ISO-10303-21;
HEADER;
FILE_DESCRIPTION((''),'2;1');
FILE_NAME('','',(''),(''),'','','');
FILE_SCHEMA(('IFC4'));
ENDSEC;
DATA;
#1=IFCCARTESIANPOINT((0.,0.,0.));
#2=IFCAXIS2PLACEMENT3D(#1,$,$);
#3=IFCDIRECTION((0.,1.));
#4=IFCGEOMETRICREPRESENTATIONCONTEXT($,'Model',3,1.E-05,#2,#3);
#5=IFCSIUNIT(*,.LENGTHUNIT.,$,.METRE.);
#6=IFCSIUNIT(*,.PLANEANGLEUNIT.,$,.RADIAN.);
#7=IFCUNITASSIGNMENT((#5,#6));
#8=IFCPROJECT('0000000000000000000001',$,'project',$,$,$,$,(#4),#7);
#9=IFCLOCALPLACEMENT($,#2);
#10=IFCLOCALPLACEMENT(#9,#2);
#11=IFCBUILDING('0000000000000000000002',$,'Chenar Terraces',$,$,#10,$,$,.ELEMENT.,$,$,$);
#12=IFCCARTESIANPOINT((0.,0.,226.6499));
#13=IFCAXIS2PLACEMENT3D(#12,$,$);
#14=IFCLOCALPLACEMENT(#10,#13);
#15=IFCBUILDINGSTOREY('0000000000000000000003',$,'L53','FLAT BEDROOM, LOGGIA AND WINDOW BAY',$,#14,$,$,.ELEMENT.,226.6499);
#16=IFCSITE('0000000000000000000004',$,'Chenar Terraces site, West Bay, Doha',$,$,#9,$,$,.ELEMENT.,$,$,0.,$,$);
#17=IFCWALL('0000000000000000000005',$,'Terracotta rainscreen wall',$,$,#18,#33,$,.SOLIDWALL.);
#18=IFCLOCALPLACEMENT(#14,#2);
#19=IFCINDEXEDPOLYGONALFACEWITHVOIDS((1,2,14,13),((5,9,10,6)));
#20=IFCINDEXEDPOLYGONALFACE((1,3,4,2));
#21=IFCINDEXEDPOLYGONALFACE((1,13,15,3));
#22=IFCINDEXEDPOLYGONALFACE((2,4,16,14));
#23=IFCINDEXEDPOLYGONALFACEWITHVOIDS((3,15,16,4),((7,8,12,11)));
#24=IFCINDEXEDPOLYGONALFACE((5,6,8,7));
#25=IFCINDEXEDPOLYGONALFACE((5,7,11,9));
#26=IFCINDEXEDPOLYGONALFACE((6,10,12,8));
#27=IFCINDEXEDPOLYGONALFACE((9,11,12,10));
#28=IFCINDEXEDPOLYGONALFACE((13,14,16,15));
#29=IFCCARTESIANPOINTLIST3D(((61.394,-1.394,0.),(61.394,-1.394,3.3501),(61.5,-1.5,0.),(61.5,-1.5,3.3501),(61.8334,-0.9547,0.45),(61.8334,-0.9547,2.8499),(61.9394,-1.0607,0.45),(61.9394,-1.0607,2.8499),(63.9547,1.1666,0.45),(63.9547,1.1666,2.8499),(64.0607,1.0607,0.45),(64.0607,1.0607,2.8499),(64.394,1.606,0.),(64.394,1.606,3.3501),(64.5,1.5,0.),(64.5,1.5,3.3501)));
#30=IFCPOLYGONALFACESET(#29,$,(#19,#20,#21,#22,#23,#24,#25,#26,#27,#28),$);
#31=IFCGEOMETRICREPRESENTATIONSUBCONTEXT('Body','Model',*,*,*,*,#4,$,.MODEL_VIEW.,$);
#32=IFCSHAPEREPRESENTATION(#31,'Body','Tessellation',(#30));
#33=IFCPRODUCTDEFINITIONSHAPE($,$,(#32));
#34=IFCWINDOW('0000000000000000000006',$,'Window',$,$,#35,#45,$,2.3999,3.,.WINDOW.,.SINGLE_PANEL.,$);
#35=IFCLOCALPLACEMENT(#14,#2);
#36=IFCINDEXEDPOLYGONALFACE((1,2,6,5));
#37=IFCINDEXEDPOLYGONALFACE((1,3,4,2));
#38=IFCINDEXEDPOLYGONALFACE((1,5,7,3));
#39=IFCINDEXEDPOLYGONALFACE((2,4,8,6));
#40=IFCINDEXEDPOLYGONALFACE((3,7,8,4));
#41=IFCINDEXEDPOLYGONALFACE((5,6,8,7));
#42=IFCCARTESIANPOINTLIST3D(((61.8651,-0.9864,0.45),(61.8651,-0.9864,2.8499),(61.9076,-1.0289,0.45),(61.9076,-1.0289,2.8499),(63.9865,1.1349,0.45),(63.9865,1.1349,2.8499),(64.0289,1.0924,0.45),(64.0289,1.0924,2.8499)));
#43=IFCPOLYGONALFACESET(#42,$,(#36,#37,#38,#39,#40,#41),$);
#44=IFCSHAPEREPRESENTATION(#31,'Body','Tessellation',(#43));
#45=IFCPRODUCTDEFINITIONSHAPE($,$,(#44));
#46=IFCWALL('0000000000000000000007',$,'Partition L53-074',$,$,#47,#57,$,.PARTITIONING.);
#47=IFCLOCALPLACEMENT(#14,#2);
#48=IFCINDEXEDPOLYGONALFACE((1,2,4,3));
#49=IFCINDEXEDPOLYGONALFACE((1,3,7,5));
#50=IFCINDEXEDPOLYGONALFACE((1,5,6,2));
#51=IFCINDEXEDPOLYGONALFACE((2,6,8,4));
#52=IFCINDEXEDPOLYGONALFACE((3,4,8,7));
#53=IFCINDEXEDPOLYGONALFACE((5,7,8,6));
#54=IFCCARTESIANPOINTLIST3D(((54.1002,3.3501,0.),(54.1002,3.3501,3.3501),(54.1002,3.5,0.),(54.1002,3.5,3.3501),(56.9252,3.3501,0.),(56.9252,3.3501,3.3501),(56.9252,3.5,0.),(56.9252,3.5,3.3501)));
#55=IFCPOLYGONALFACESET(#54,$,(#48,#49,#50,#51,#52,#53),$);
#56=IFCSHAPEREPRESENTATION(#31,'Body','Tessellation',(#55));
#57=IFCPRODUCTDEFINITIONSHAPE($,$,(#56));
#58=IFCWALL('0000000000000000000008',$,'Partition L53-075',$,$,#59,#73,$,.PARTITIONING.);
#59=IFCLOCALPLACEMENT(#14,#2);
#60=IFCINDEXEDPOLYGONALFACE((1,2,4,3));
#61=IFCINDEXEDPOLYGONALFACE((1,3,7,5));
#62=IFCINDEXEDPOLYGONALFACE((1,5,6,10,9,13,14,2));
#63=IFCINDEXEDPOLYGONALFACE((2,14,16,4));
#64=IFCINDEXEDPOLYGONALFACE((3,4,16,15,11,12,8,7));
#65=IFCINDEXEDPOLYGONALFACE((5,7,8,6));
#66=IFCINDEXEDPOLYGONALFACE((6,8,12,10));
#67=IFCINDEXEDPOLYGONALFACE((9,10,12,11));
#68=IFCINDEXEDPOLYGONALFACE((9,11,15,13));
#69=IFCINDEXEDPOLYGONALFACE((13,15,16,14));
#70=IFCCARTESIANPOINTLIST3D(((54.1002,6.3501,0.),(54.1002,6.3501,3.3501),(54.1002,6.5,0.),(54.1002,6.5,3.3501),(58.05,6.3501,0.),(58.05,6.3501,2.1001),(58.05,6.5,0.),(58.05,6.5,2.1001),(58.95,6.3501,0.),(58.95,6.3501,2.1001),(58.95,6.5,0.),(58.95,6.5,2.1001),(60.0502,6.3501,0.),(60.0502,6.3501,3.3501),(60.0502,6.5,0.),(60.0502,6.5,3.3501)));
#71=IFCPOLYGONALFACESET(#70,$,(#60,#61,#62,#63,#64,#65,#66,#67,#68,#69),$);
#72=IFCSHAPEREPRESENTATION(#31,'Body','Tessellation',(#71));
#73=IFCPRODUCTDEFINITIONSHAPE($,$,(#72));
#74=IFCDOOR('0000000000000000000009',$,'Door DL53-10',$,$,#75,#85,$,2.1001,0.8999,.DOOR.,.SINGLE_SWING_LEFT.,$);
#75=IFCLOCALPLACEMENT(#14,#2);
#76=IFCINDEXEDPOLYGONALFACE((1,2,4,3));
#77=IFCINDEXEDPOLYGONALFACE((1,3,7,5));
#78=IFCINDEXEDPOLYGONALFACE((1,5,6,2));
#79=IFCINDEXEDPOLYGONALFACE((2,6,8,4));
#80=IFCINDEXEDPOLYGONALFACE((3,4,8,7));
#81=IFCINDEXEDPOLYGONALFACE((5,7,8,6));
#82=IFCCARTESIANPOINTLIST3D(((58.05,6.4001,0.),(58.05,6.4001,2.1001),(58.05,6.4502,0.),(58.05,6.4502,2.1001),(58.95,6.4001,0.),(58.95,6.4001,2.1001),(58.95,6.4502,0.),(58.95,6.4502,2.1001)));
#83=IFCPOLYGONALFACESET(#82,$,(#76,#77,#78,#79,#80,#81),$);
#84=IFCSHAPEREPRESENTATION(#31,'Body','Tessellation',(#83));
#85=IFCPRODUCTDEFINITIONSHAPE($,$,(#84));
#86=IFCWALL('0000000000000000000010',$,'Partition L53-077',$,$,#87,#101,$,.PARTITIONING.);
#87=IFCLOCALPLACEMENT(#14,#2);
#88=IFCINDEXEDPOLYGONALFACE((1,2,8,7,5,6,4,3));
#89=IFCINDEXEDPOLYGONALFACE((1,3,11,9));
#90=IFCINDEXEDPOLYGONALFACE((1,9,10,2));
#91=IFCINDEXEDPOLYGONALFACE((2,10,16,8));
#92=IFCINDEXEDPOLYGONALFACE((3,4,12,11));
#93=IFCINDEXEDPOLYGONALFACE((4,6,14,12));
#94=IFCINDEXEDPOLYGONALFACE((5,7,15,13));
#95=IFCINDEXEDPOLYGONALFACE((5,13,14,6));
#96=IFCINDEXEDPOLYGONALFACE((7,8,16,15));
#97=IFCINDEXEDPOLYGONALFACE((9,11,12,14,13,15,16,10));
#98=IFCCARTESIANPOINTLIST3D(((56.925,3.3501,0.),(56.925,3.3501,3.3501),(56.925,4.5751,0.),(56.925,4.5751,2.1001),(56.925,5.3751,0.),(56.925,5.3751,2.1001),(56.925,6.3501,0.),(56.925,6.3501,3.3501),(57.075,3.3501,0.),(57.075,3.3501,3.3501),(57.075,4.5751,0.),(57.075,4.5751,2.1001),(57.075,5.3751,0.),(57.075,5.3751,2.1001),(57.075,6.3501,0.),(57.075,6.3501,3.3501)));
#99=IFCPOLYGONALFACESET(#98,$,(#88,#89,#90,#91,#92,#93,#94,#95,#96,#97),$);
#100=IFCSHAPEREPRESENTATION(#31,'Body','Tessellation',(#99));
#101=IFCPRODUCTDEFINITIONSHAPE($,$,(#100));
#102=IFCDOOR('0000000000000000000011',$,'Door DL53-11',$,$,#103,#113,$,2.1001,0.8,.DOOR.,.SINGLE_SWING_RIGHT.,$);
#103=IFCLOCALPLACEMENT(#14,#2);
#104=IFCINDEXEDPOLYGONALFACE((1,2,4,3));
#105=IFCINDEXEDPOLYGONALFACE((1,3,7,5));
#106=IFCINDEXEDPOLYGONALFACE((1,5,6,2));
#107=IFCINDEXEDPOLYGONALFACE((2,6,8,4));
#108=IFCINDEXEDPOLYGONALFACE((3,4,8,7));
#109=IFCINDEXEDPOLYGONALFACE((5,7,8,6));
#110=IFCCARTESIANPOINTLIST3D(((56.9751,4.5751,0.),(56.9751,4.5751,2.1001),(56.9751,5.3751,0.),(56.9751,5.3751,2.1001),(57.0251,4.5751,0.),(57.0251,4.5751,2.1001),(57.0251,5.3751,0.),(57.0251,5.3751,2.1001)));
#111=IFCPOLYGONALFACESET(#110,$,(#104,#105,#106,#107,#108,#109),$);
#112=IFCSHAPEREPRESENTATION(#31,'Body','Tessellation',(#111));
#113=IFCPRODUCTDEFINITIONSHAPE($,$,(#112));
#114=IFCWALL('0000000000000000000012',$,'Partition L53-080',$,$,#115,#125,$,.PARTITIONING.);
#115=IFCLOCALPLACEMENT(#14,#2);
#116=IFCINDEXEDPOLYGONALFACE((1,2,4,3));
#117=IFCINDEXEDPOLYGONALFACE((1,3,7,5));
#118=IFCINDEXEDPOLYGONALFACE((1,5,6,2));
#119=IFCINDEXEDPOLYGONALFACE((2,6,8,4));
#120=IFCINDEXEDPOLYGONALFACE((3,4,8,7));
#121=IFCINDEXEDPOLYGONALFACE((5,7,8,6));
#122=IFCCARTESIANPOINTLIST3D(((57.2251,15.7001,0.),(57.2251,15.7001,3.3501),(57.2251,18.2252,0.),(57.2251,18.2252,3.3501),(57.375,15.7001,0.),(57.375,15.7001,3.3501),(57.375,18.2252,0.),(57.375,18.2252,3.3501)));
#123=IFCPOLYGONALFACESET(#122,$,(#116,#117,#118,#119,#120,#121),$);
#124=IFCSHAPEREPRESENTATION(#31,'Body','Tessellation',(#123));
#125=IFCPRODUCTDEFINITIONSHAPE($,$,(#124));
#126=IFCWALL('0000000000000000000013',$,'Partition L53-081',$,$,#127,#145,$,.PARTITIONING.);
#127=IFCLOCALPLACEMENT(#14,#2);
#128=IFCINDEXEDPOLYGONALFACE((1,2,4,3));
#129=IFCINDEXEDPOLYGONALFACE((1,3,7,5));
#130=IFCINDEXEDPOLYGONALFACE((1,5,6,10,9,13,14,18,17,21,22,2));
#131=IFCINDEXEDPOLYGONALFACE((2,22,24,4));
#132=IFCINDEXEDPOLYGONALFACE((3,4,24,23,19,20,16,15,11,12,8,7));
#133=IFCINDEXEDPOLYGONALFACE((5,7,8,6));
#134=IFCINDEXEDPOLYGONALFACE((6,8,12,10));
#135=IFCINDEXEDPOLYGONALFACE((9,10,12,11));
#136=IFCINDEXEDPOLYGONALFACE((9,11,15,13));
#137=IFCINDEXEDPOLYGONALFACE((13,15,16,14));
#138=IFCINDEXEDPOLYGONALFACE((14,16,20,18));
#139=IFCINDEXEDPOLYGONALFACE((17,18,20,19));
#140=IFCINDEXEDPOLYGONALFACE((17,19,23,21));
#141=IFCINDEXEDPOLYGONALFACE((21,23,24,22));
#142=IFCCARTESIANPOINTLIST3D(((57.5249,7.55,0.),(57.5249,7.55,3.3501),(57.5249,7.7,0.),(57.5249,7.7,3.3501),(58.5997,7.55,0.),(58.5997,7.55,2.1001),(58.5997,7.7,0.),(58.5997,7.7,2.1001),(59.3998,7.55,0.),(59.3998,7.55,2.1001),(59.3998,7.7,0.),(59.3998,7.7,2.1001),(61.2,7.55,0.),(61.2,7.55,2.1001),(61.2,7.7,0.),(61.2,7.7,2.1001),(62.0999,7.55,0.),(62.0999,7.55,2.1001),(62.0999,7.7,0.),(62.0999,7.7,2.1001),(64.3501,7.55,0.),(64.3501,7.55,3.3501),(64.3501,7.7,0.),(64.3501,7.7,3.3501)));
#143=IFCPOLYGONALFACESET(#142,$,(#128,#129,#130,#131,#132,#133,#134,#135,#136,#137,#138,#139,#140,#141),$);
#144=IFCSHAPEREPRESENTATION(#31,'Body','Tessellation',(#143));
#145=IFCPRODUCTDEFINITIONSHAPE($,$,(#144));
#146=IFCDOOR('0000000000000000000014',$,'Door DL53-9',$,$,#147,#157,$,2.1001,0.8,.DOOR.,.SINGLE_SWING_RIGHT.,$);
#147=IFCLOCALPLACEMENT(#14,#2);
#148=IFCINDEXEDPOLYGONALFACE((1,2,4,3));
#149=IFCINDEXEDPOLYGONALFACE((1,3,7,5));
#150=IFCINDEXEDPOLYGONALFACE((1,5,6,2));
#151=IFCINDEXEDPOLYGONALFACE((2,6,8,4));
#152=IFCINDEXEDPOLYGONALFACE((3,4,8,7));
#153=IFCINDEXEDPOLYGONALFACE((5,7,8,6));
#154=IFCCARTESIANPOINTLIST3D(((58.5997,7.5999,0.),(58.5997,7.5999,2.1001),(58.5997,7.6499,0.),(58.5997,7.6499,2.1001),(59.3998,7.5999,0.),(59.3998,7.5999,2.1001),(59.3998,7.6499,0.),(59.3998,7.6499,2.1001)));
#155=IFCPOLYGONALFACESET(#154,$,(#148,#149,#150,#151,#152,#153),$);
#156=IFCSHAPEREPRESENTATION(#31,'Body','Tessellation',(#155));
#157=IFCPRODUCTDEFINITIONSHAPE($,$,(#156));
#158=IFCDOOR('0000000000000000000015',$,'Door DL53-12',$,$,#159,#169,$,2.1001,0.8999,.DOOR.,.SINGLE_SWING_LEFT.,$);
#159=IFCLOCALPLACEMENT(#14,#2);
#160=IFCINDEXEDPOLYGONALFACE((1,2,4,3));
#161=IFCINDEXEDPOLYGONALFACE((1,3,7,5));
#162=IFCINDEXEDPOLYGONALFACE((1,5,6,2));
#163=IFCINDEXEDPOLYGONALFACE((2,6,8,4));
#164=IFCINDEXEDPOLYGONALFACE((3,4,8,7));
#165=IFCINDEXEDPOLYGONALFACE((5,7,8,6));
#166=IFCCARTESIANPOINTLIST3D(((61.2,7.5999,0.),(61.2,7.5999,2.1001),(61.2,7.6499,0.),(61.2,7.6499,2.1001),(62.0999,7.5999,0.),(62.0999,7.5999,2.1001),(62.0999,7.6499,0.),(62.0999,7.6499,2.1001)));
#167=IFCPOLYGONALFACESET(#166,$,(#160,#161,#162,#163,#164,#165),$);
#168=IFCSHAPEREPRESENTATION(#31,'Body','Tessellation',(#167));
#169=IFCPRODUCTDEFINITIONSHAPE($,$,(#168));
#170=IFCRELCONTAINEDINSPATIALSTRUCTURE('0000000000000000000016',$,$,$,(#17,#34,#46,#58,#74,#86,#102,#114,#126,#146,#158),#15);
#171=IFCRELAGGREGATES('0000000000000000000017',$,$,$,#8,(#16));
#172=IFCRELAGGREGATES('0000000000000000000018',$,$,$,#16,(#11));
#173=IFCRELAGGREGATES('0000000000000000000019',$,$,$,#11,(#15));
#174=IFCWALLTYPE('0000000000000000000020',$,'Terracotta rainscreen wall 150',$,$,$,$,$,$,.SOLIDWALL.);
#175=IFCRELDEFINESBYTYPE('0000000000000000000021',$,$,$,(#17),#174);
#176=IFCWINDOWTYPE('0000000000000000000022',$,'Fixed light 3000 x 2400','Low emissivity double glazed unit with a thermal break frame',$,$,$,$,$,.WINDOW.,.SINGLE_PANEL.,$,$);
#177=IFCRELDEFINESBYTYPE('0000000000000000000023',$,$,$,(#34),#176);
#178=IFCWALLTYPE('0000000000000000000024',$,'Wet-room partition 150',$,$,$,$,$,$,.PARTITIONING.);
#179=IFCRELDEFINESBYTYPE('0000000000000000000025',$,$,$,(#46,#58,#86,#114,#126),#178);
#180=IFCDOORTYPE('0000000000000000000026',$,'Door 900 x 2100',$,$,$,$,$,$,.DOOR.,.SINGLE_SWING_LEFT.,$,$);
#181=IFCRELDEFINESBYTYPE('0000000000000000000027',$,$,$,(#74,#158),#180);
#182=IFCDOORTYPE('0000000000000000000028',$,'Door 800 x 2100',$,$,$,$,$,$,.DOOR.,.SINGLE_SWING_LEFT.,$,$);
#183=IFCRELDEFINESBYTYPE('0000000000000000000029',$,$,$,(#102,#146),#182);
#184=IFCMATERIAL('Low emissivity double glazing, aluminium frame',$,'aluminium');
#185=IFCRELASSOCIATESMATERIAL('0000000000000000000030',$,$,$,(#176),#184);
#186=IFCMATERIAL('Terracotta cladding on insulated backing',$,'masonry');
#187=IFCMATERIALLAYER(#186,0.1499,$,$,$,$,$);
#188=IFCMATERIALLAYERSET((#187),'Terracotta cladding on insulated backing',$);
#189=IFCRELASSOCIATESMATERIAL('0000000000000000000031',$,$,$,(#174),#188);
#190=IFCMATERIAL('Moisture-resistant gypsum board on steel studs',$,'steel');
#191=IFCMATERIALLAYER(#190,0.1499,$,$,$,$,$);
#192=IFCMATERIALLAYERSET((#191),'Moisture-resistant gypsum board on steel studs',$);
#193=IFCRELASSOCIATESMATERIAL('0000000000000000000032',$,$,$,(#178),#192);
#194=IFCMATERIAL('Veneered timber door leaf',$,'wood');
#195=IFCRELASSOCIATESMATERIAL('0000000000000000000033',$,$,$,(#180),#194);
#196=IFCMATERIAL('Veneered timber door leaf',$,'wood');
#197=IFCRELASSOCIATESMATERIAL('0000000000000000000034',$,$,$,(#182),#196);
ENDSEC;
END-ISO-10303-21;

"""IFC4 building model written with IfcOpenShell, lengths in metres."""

from ifc_helpers import new_model, si_unit, direction, frame, frame_2d, origin, place, context, subcontext, project, spatial, rectangle, extrude, material, layer, layer_set, type_object, element, fill, save


model = new_model("IFC4")

# Units and contexts
model_context = context("Model", 3, precision=1e-05, world=origin(), true_north=direction((0.0, 1.0)))
body_context = subcontext(model_context, "Body", "Model", "MODEL_VIEW")
ifc_project = project(units=[si_unit("LENGTHUNIT", "METRE"), si_unit("PLANEANGLEUNIT", "RADIAN")], contexts=[model_context])

# Site, building, storey
site_placement = place(None, origin())
site = spatial("IfcSite", under=ifc_project, at=site_placement, Name="Chenar Terraces site, West Bay, Doha", CompositionType="ELEMENT", RefElevation=0.0)
building_placement = place(site_placement, origin())
building = spatial("IfcBuilding", under=site, at=building_placement, Name="Chenar Terraces", CompositionType="ELEMENT")
storey_placement = place(building_placement, frame((0.0, 0.0, 226.6499)))
storey = spatial("IfcBuildingStorey", under=building, at=storey_placement, Name="L53", Description="FLAT BEDROOM, LOGGIA AND WINDOW BAY", CompositionType="ELEMENT", Elevation=226.6499)

# Shared definitions
ifc_material_1 = material(Name="Low emissivity double glazing, aluminium frame", Category="aluminium")
window_type_1 = type_object("IfcWindowType", Name="Fixed light 3000 x 2400", Description="Low emissivity double glazed unit with a thermal break frame", PartitioningType="SINGLE_PANEL", PredefinedType="WINDOW", material=ifc_material_1)

# Wall, opening, window
ifc_material_2 = material(Name="Terracotta cladding on insulated backing", Category="masonry")
ifc_layer_1 = layer(ifc_material_2, 0.1499)
ifc_layer_set_1 = layer_set([ifc_layer_1], Name="Terracotta cladding on insulated backing")
wall_type_1 = type_object("IfcWallType", Name="Terracotta rainscreen wall 150", PredefinedType="SOLIDWALL", material=ifc_layer_set_1)
wall_1_placement = place(storey_placement, frame((61.447, -1.447, 0.0), z_axis=(0.0, 0.0, 1.0), x_axis=(0.707107, 0.707107, 0.0)))
wall_1 = element("IfcWall", 1, at=wall_1_placement, inside=storey, type_object=wall_type_1, Name="Terracotta rainscreen wall", PredefinedType="SOLIDWALL", context=body_context, shape_type="SweptSolid", body=[
    extrude(rectangle(XDim=4.2427, YDim=0.1499, at=frame_2d((2.1213, 0.0))), origin(), (0.0, 0.0, 1.0), 3.3501),
])
opening_1_placement = place(wall_1_placement, frame((0.6213, 0.0, 0.45)))
opening_1 = element("IfcOpeningElement", 2, at=opening_1_placement, cuts=wall_1, PredefinedType="OPENING", context=body_context, shape_type="SweptSolid", body=[
    extrude(rectangle(XDim=3.0, YDim=2.3999, at=frame_2d((1.5, 1.2))), frame((0.0, 0.085, 0.0), z_axis=(0.0, -1.0, 0.0), x_axis=(1.0, 0.0, 0.0)), (0.0, 0.0, 1.0), 0.1699),
])
window_1_placement = place(opening_1_placement, origin())
window_1 = element("IfcWindow", 3, at=window_1_placement, inside=storey, type_object=window_type_1, Name="Window", OverallHeight=2.3999, OverallWidth=3.0, PartitioningType="SINGLE_PANEL", PredefinedType="WINDOW", context=body_context, shape_type="SweptSolid", body=[
    extrude(rectangle(XDim=3.0, YDim=2.3999, at=frame_2d((1.5, 1.2))), frame((0.0, 0.03, 0.0), z_axis=(0.0, -1.0, 0.0), x_axis=(1.0, 0.0, 0.0)), (0.0, 0.0, 1.0), 0.0601),
])
fill(opening_1, window_1)

# Wall
ifc_material_3 = material(Name="Moisture-resistant gypsum board on steel studs", Category="steel")
ifc_layer_2 = layer(ifc_material_3, 0.1499)
ifc_layer_set_2 = layer_set([ifc_layer_2], Name="Moisture-resistant gypsum board on steel studs")
wall_type_2 = type_object("IfcWallType", Name="Wet-room partition 150", PredefinedType="PARTITIONING", material=ifc_layer_set_2)
wall_2_placement = place(storey_placement, frame((54.1001, 3.425, 0.0), z_axis=(0.0, 0.0, 1.0), x_axis=(1.0, 0.0, 0.0)))
element("IfcWall", 4, at=wall_2_placement, inside=storey, type_object=wall_type_2, Name="Partition L53-074", PredefinedType="PARTITIONING", context=body_context, shape_type="SweptSolid", body=[
    extrude(rectangle(XDim=2.825, YDim=0.1499, at=frame_2d((1.4126, 0.0))), origin(), (0.0, 0.0, 1.0), 3.3501),
])

# Walls, openings, doors
wall_3_placement = place(storey_placement, frame((54.1001, 6.425, 0.0), z_axis=(0.0, 0.0, 1.0), x_axis=(1.0, 0.0, 0.0)))
wall_3 = element("IfcWall", 5, at=wall_3_placement, inside=storey, type_object=wall_type_2, Name="Partition L53-075", PredefinedType="PARTITIONING", context=body_context, shape_type="SweptSolid", body=[
    extrude(rectangle(XDim=5.95, YDim=0.1499, at=frame_2d((2.9751, 0.0))), origin(), (0.0, 0.0, 1.0), 3.3501),
])
opening_2_placement = place(wall_3_placement, frame((3.95, 0.0, 0.0)))
opening_2 = element("IfcOpeningElement", 6, at=opening_2_placement, cuts=wall_3, PredefinedType="OPENING", context=body_context, shape_type="SweptSolid", body=[
    extrude(rectangle(XDim=0.8999, YDim=2.1001, at=frame_2d((0.45, 1.05))), frame((0.0, 0.085, 0.0), z_axis=(0.0, -1.0, 0.0), x_axis=(1.0, 0.0, 0.0)), (0.0, 0.0, 1.0), 0.1699),
])
ifc_material_4 = material(Name="Veneered timber door leaf", Category="wood")
door_type_1 = type_object("IfcDoorType", Name="Door 900 x 2100", OperationType="SINGLE_SWING_LEFT", PredefinedType="DOOR", material=ifc_material_4)
door_1_placement = place(opening_2_placement, frame((0.8999, 0.0, 0.0), z_axis=(0.0, 0.0, 1.0), x_axis=(-1.0, 0.0, 0.0)))
door_1 = element("IfcDoor", 7, at=door_1_placement, inside=storey, type_object=door_type_1, Name="Door DL53-10", OperationType="SINGLE_SWING_LEFT", OverallHeight=2.1001, OverallWidth=0.8999, PredefinedType="DOOR", context=body_context, shape_type="SweptSolid", body=[
    extrude(rectangle(XDim=0.8999, YDim=2.1001, at=frame_2d((0.45, 1.05))), frame((0.0, 0.0249, 0.0), z_axis=(0.0, -1.0, 0.0), x_axis=(1.0, 0.0, 0.0)), (0.0, 0.0, 1.0), 0.05),
])
fill(opening_2, door_1)
wall_4_placement = place(storey_placement, frame((57.0, 3.3501, 0.0), z_axis=(0.0, 0.0, 1.0), x_axis=(0.0, 1.0, 0.0)))
wall_4 = element("IfcWall", 8, at=wall_4_placement, inside=storey, type_object=wall_type_2, Name="Partition L53-077", PredefinedType="PARTITIONING", context=body_context, shape_type="SweptSolid", body=[
    extrude(rectangle(XDim=3.0, YDim=0.1499, at=frame_2d((1.5, 0.0))), origin(), (0.0, 0.0, 1.0), 3.3501),
])
opening_3_placement = place(wall_4_placement, frame((1.2251, 0.0, 0.0)))
opening_3 = element("IfcOpeningElement", 9, at=opening_3_placement, cuts=wall_4, PredefinedType="OPENING", context=body_context, shape_type="SweptSolid", body=[
    extrude(rectangle(XDim=0.8, YDim=2.1001, at=frame_2d((0.3999, 1.05))), frame((0.0, 0.085, 0.0), z_axis=(0.0, -1.0, 0.0), x_axis=(1.0, 0.0, 0.0)), (0.0, 0.0, 1.0), 0.1699),
])
ifc_material_5 = material(Name="Veneered timber door leaf", Category="wood")
door_type_2 = type_object("IfcDoorType", Name="Door 800 x 2100", OperationType="SINGLE_SWING_LEFT", PredefinedType="DOOR", material=ifc_material_5)
door_2_placement = place(opening_3_placement, origin())
door_2 = element("IfcDoor", 10, at=door_2_placement, inside=storey, type_object=door_type_2, Name="Door DL53-11", OperationType="SINGLE_SWING_RIGHT", OverallHeight=2.1001, OverallWidth=0.8, PredefinedType="DOOR", context=body_context, shape_type="SweptSolid", body=[
    extrude(rectangle(XDim=0.8, YDim=2.1001, at=frame_2d((0.3999, 1.05))), frame((0.0, 0.0249, 0.0), z_axis=(0.0, -1.0, 0.0), x_axis=(1.0, 0.0, 0.0)), (0.0, 0.0, 1.0), 0.05),
])
fill(opening_3, door_2)

# Wall
wall_5_placement = place(storey_placement, frame((57.3, 15.7, 0.0), z_axis=(0.0, 0.0, 1.0), x_axis=(0.0, 1.0, 0.0)))
element("IfcWall", 11, at=wall_5_placement, inside=storey, type_object=wall_type_2, Name="Partition L53-080", PredefinedType="PARTITIONING", context=body_context, shape_type="SweptSolid", body=[
    extrude(rectangle(XDim=2.5251, YDim=0.1499, at=frame_2d((1.2627, 0.0))), origin(), (0.0, 0.0, 1.0), 3.3501),
])

# Wall, openings, doors
wall_6_placement = place(storey_placement, frame((57.5249, 7.625, 0.0), z_axis=(0.0, 0.0, 1.0), x_axis=(1.0, 0.0, 0.0)))
wall_6 = element("IfcWall", 12, at=wall_6_placement, inside=storey, type_object=wall_type_2, Name="Partition L53-081", PredefinedType="PARTITIONING", context=body_context, shape_type="SweptSolid", body=[
    extrude(rectangle(XDim=6.8252, YDim=0.1499, at=frame_2d((3.4126, 0.0))), origin(), (0.0, 0.0, 1.0), 3.3501),
])
opening_4_placement = place(wall_6_placement, frame((1.075, 0.0, 0.0)))
opening_4 = element("IfcOpeningElement", 13, at=opening_4_placement, cuts=wall_6, PredefinedType="OPENING", context=body_context, shape_type="SweptSolid", body=[
    extrude(rectangle(XDim=0.8, YDim=2.1001, at=frame_2d((0.3999, 1.05))), frame((0.0, 0.085, 0.0), z_axis=(0.0, -1.0, 0.0), x_axis=(1.0, 0.0, 0.0)), (0.0, 0.0, 1.0), 0.1699),
])
opening_5_placement = place(wall_6_placement, frame((3.675, 0.0, 0.0)))
opening_5 = element("IfcOpeningElement", 14, at=opening_5_placement, cuts=wall_6, PredefinedType="OPENING", context=body_context, shape_type="SweptSolid", body=[
    extrude(rectangle(XDim=0.8999, YDim=2.1001, at=frame_2d((0.45, 1.05))), frame((0.0, 0.085, 0.0), z_axis=(0.0, -1.0, 0.0), x_axis=(1.0, 0.0, 0.0)), (0.0, 0.0, 1.0), 0.1699),
])
door_3_placement = place(opening_4_placement, origin())
door_3 = element("IfcDoor", 15, at=door_3_placement, inside=storey, type_object=door_type_2, Name="Door DL53-9", OperationType="SINGLE_SWING_RIGHT", OverallHeight=2.1001, OverallWidth=0.8, PredefinedType="DOOR", context=body_context, shape_type="SweptSolid", body=[
    extrude(rectangle(XDim=0.8, YDim=2.1001, at=frame_2d((0.3999, 1.05))), frame((0.0, 0.0249, 0.0), z_axis=(0.0, -1.0, 0.0), x_axis=(1.0, 0.0, 0.0)), (0.0, 0.0, 1.0), 0.05),
])
fill(opening_4, door_3)
door_4_placement = place(opening_5_placement, origin())
door_4 = element("IfcDoor", 16, at=door_4_placement, inside=storey, type_object=door_type_1, Name="Door DL53-12", OperationType="SINGLE_SWING_LEFT", OverallHeight=2.1001, OverallWidth=0.8999, PredefinedType="DOOR", context=body_context, shape_type="SweptSolid", body=[
    extrude(rectangle(XDim=0.8999, YDim=2.1001, at=frame_2d((0.45, 1.05))), frame((0.0, 0.0249, 0.0), z_axis=(0.0, -1.0, 0.0), x_axis=(1.0, 0.0, 0.0)), (0.0, 0.0, 1.0), 0.05),
])
fill(opening_5, door_4)

save(model, "model.ifc")
